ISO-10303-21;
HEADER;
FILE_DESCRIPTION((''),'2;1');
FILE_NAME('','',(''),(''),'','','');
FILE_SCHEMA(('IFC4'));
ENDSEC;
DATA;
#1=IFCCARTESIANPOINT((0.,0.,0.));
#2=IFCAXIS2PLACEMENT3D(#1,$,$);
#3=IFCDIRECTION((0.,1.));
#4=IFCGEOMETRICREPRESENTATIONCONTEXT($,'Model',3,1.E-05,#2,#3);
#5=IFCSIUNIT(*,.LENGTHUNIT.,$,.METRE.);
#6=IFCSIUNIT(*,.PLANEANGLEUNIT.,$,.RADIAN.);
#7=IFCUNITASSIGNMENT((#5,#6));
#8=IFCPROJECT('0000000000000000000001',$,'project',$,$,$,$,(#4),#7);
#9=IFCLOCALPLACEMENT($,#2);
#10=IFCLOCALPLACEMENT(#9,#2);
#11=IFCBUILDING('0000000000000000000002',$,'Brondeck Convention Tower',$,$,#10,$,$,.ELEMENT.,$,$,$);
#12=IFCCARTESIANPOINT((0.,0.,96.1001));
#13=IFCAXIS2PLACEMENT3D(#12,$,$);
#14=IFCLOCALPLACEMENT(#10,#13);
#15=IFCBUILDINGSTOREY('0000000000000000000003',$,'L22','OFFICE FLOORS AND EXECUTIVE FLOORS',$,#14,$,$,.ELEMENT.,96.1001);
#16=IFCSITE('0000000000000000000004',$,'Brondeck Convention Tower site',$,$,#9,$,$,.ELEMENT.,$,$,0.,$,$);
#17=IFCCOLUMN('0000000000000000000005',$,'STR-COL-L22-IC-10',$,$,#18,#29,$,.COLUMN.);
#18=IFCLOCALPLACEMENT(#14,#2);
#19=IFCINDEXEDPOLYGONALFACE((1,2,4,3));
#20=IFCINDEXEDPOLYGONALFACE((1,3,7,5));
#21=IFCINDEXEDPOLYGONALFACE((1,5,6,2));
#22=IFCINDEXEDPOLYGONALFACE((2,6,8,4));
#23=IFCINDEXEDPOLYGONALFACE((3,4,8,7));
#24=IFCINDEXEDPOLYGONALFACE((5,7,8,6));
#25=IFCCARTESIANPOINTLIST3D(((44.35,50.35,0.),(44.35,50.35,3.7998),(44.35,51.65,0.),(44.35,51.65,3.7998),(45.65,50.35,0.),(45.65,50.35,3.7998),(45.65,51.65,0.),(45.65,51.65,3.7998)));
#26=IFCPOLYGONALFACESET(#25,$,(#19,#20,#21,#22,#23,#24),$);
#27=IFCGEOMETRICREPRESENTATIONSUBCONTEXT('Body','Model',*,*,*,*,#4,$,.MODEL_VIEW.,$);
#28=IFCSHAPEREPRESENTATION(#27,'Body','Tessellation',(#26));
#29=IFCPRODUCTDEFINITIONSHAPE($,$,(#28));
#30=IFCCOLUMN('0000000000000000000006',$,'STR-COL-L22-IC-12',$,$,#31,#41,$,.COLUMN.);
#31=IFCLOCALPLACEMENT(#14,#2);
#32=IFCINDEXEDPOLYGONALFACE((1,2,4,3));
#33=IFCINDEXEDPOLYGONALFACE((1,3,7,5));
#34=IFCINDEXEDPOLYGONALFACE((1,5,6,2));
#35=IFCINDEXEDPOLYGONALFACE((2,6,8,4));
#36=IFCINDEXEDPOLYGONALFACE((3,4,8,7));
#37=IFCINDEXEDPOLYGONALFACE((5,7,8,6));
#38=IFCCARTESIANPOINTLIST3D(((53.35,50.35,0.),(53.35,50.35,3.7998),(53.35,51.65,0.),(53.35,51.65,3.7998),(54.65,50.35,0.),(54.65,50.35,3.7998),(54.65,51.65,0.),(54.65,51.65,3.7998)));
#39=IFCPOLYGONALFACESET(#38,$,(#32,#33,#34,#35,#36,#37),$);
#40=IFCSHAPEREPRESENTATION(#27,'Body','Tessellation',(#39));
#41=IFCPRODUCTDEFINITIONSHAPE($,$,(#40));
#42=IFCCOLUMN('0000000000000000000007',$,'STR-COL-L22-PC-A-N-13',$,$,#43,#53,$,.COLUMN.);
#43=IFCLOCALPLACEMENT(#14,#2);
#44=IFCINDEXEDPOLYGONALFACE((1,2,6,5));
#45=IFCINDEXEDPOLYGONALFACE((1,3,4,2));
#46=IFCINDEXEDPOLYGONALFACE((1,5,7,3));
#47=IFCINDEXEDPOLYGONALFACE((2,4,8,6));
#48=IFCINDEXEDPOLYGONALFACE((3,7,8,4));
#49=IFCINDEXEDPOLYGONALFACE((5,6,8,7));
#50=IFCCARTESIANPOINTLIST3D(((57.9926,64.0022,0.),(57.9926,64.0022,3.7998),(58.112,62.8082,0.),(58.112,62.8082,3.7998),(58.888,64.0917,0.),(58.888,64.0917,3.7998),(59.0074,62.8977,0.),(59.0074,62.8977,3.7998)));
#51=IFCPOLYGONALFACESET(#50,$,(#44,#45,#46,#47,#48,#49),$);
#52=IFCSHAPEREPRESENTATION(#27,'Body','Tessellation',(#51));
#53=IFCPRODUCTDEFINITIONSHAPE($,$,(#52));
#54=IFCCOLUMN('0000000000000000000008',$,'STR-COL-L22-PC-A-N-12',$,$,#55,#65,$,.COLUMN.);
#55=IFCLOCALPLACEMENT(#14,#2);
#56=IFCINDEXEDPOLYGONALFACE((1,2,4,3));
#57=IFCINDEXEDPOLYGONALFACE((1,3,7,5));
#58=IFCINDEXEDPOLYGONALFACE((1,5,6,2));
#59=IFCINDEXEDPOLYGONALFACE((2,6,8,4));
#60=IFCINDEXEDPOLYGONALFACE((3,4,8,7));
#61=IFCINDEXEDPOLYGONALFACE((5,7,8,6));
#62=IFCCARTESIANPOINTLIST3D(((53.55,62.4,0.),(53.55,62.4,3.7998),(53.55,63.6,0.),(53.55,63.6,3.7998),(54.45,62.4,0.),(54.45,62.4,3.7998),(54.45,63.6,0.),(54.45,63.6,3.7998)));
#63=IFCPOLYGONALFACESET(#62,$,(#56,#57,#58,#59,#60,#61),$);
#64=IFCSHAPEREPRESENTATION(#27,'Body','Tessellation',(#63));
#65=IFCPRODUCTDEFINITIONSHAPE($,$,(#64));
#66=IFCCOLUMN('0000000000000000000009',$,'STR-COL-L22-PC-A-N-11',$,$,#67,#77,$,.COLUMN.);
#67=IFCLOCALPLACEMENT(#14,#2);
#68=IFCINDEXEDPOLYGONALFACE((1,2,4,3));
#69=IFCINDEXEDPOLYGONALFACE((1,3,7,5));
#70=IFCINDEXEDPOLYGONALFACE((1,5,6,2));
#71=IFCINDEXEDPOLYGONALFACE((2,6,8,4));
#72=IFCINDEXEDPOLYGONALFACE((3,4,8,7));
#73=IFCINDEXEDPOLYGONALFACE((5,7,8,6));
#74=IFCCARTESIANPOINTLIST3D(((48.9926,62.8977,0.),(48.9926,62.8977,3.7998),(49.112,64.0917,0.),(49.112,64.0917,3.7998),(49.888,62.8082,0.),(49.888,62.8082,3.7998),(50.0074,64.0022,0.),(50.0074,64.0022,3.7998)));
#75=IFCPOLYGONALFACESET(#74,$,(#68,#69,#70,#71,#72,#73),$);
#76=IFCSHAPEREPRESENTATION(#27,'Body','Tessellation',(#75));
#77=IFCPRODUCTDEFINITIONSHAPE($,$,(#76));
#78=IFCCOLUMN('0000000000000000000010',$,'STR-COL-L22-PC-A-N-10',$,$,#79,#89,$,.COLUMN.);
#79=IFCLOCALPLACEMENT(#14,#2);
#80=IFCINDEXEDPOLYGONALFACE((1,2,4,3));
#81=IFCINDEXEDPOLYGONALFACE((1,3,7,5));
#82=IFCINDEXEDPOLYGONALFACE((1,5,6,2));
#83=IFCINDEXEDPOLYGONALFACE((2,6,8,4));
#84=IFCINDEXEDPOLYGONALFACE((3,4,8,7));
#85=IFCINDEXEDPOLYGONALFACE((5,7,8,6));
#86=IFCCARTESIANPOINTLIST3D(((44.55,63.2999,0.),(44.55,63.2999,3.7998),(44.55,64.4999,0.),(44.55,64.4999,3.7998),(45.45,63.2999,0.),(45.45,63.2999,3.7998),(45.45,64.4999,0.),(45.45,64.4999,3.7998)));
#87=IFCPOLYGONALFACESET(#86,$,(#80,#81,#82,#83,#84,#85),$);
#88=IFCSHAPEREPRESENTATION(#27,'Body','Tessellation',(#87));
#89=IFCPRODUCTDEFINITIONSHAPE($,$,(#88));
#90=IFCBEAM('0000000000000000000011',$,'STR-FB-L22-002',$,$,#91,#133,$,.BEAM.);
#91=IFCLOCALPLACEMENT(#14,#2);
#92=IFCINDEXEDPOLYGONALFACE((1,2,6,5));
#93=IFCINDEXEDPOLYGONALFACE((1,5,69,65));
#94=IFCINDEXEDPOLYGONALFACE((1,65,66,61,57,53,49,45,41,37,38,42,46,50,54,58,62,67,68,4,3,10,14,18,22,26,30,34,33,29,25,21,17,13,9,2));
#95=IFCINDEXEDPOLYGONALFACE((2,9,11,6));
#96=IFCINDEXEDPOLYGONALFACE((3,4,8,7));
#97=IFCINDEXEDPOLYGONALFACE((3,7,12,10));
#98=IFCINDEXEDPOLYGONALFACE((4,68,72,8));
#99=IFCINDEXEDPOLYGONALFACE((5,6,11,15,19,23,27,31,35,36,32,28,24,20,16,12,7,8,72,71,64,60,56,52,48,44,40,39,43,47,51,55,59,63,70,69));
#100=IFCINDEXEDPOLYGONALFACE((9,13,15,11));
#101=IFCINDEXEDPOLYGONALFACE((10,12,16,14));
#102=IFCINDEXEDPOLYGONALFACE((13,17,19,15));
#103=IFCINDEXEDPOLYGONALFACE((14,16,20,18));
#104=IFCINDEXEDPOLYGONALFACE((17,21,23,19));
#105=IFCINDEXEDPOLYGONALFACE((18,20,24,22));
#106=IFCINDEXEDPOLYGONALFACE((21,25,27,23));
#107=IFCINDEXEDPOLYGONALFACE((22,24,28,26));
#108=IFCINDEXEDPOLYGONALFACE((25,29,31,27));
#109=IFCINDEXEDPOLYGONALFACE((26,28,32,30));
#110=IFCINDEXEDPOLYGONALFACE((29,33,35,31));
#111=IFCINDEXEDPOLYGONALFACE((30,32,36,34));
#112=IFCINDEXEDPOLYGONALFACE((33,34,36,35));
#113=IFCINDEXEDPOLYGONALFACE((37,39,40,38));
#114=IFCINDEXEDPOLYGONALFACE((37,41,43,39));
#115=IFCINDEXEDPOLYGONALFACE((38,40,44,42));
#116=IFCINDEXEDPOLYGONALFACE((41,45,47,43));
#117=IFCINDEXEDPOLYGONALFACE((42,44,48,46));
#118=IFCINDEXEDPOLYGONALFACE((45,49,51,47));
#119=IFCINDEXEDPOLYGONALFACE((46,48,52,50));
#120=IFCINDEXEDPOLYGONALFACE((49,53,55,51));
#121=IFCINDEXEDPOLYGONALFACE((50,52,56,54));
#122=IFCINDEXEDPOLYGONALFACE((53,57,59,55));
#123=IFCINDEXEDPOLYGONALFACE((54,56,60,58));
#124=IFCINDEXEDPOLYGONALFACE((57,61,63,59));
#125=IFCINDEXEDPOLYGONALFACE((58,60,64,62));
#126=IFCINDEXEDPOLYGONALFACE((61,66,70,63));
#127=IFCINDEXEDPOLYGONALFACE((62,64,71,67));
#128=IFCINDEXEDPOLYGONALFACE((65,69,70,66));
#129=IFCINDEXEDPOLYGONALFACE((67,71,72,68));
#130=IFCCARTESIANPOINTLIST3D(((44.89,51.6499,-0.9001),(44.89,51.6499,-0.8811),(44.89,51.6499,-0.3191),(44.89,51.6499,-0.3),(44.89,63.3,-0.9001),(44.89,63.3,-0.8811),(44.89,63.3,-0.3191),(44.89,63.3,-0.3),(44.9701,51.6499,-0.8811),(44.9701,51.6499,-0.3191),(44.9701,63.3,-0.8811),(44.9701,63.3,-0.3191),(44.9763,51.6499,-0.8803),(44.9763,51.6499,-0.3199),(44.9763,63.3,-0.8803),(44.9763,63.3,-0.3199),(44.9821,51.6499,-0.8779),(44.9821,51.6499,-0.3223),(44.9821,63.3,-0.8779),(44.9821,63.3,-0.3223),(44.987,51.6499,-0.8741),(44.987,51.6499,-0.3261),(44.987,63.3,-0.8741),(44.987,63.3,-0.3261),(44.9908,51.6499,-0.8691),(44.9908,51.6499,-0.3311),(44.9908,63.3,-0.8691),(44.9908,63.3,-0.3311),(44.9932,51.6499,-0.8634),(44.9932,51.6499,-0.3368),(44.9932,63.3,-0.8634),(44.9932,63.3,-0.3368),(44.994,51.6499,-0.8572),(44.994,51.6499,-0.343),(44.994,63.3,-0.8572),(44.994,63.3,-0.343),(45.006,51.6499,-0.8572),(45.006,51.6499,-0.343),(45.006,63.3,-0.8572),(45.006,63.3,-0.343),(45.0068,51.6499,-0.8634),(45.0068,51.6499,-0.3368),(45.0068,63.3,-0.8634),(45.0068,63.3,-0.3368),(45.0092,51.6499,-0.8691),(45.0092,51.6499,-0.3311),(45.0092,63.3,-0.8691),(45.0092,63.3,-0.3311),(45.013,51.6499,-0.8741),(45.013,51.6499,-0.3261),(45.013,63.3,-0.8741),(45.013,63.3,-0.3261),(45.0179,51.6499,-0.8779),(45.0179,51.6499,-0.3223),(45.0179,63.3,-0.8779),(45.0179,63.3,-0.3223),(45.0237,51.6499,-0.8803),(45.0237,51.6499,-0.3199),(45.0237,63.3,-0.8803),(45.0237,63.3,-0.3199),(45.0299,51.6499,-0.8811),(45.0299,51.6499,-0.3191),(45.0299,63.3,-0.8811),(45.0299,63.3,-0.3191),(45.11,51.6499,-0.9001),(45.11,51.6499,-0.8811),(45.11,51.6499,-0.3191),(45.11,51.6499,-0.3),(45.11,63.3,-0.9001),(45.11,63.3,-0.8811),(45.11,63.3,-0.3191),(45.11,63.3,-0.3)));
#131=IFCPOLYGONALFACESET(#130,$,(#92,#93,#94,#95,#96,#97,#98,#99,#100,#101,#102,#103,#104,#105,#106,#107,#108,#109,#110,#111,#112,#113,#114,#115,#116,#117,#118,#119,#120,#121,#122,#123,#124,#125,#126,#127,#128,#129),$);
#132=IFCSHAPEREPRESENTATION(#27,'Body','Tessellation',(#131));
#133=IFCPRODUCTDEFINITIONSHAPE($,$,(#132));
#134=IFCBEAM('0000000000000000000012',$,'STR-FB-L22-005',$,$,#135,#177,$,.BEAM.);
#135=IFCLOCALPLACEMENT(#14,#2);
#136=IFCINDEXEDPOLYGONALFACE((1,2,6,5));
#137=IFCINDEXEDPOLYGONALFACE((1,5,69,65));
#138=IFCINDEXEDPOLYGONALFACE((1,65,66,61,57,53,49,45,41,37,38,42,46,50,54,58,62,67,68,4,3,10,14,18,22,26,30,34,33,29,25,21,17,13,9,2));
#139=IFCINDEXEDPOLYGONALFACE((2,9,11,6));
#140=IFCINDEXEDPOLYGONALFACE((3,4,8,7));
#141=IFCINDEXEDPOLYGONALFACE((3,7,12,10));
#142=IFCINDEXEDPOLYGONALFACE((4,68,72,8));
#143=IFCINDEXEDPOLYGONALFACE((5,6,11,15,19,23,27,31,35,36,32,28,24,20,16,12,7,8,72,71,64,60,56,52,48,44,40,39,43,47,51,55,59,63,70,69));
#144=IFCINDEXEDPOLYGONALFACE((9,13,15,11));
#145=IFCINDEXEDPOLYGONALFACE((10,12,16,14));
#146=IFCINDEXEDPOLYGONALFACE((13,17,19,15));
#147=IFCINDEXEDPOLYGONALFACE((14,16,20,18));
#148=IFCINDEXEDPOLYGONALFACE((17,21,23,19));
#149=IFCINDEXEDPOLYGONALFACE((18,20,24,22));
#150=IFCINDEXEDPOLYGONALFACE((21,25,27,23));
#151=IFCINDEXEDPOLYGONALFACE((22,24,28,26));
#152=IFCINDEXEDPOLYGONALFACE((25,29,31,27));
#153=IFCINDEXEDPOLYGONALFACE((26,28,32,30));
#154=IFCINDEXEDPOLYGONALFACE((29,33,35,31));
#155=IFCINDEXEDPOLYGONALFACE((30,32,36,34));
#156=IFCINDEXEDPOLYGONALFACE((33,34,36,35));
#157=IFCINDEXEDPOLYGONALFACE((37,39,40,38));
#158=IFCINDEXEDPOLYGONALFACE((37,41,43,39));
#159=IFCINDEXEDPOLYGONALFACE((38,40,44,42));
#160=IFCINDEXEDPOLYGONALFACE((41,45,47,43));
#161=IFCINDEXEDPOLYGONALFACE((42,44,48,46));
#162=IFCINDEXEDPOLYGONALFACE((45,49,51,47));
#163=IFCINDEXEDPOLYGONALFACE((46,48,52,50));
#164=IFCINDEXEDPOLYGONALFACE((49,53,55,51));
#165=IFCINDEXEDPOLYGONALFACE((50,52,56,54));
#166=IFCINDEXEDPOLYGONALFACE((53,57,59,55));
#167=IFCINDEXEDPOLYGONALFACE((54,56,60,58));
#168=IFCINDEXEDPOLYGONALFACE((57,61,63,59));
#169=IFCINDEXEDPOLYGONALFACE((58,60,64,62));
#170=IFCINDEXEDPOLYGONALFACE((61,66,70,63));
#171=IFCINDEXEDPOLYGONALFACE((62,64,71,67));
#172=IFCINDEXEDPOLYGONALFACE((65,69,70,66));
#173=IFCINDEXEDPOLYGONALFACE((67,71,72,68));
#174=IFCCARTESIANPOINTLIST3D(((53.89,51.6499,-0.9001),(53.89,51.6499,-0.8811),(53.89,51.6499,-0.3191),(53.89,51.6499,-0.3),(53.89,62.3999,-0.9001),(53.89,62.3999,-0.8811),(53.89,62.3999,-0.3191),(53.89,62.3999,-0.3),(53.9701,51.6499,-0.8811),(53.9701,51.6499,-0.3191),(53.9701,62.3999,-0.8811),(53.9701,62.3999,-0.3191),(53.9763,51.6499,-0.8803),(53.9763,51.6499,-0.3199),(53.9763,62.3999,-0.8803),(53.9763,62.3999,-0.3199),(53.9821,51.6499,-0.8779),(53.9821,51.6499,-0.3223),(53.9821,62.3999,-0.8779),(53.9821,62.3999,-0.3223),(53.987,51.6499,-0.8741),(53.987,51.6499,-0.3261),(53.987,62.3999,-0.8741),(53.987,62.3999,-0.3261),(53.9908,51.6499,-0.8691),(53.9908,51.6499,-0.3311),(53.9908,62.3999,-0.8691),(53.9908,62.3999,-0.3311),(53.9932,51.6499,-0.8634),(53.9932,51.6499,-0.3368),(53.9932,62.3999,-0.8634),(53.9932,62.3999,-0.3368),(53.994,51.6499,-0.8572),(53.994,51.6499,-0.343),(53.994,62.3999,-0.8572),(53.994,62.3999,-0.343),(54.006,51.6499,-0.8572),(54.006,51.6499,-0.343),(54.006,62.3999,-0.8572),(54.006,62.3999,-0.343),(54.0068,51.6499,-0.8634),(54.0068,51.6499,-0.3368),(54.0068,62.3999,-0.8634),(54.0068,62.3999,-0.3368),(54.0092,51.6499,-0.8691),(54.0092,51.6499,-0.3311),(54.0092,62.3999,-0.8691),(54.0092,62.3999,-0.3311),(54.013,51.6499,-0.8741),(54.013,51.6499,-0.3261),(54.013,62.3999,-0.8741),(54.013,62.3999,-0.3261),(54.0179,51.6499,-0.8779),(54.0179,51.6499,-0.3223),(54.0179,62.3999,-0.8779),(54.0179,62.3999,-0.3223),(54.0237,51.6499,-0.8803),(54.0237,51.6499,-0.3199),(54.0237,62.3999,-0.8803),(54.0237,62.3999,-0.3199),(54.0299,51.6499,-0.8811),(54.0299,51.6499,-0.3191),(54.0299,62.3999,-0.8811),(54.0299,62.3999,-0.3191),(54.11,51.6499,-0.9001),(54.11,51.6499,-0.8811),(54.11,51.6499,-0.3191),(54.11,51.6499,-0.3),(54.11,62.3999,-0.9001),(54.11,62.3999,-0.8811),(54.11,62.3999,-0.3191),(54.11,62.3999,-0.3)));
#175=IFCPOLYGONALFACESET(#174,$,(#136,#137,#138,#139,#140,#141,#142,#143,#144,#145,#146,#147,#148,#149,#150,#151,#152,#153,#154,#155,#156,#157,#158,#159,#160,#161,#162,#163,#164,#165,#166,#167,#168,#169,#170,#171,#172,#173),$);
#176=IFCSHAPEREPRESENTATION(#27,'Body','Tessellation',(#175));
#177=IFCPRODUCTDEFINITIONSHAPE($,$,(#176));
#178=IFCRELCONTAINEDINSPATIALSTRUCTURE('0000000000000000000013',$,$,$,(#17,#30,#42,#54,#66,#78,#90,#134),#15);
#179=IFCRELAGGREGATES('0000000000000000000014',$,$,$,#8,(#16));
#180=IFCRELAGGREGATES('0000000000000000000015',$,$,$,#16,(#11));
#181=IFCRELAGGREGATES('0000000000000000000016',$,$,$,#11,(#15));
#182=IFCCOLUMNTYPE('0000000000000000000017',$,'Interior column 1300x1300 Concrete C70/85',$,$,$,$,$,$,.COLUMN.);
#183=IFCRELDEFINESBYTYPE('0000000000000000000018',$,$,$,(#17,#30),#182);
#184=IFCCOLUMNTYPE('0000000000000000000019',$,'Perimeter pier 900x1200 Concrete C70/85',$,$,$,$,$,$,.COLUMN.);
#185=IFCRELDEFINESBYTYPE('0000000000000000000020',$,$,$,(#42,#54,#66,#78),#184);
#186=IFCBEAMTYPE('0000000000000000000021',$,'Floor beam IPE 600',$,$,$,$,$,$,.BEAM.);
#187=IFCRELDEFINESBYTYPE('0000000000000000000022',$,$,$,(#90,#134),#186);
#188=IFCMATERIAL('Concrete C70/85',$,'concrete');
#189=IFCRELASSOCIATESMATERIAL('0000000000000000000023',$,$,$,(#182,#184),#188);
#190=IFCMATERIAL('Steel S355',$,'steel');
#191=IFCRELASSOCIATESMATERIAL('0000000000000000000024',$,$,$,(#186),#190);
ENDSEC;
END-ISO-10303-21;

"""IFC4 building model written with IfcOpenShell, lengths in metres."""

from ifc_helpers import new_model, si_unit, direction, frame, origin, origin_2d, place, context, subcontext, project, spatial, rectangle, i_section, extrude, material, material_profile, profile_set, type_object, element, save


model = new_model("IFC4")

# Units and contexts
model_context = context("Model", 3, precision=1e-05, world=origin(), true_north=direction((0.0, 1.0)))
body_context = subcontext(model_context, "Body", "Model", "MODEL_VIEW")
ifc_project = project(units=[si_unit("LENGTHUNIT", "METRE"), si_unit("PLANEANGLEUNIT", "RADIAN")], contexts=[model_context])

# Site, building, storey
site_placement = place(None, origin())
site = spatial("IfcSite", under=ifc_project, at=site_placement, Name="Brondeck Convention Tower site", CompositionType="ELEMENT", RefElevation=0.0)
building_placement = place(site_placement, origin())
building = spatial("IfcBuilding", under=site, at=building_placement, Name="Brondeck Convention Tower", CompositionType="ELEMENT")
storey_placement = place(building_placement, frame((0.0, 0.0, 96.1001)))
storey = spatial("IfcBuildingStorey", under=building, at=storey_placement, Name="L22", Description="OFFICE FLOORS AND EXECUTIVE FLOORS", CompositionType="ELEMENT", Elevation=96.1001)

# Columns
ifc_material_1 = material(Name="Concrete C70/85", Category="concrete")
ifc_material_profile_1 = material_profile(ifc_material_1, rectangle(XDim=1.3, YDim=1.3, at=origin_2d()), Name="Interior column 1300x1300 Concrete C70/85")
ifc_profile_set_1 = profile_set([ifc_material_profile_1], Name="Concrete C70/85")
column_type_1 = type_object("IfcColumnType", Name="Interior column 1300x1300 Concrete C70/85", PredefinedType="COLUMN", material=ifc_profile_set_1)
for number, where, z_axis, x_axis, name in (
    (1, (45.0, 51.0, 0.0), (0.0, 0.0, 1.0), (1.0, 0.0, 0.0), "STR-COL-L22-IC-10"),
    (2, (54.0, 51.0, 0.0), (0.0, 0.0, 1.0), (1.0, 0.0, 0.0), "STR-COL-L22-IC-12"),
):
    element("IfcColumn", number, at=place(storey_placement, frame(where, z_axis=z_axis, x_axis=x_axis)), inside=storey, type_object=column_type_1, Name=name, PredefinedType="COLUMN", context=body_context, shape_type="SweptSolid", body=[
        extrude(rectangle(XDim=1.3, YDim=1.3, at=origin_2d()), origin(), (0.0, 0.0, 1.0), 3.7998),
    ])
ifc_material_profile_2 = material_profile(ifc_material_1, rectangle(XDim=0.8999, YDim=1.2, at=origin_2d()), Name="Perimeter pier 900x1200 Concrete C70/85")
ifc_profile_set_2 = profile_set([ifc_material_profile_2], Name="Concrete C70/85")
column_type_2 = type_object("IfcColumnType", Name="Perimeter pier 900x1200 Concrete C70/85", PredefinedType="COLUMN", material=ifc_profile_set_2)
for number, where, z_axis, x_axis, name in (
    (3, (58.5, 63.45, 0.0), (0.0, 0.0, 1.0), (-0.995037, -0.099504, 0.0), "STR-COL-L22-PC-A-N-13"),
    (4, (54.0, 63.0, 0.0), (0.0, 0.0, 1.0), (-1.0, 0.0, 0.0), "STR-COL-L22-PC-A-N-12"),
    (5, (49.5, 63.45, 0.0), (0.0, 0.0, 1.0), (-0.995037, 0.099504, 0.0), "STR-COL-L22-PC-A-N-11"),
    (6, (45.0, 63.8999, 0.0), (0.0, 0.0, 1.0), (-1.0, 0.0, 0.0), "STR-COL-L22-PC-A-N-10"),
):
    element("IfcColumn", number, at=place(storey_placement, frame(where, z_axis=z_axis, x_axis=x_axis)), inside=storey, type_object=column_type_2, Name=name, PredefinedType="COLUMN", context=body_context, shape_type="SweptSolid", body=[
        extrude(rectangle(XDim=0.8999, YDim=1.2, at=origin_2d()), origin(), (0.0, 0.0, 1.0), 3.7998),
    ])

# Beams
ifc_material_2 = material(Name="Steel S355", Category="steel")
ifc_material_profile_3 = material_profile(ifc_material_2, i_section(OverallWidth=0.22, OverallDepth=0.6001, WebThickness=0.012, FlangeThickness=0.019, FilletRadius=0.0239, at=origin_2d()), Name="IPE 600")
ifc_profile_set_3 = profile_set([ifc_material_profile_3], Name="Steel S355")
beam_type_1 = type_object("IfcBeamType", Name="Floor beam IPE 600", PredefinedType="BEAM", material=ifc_profile_set_3)
beam_1_placement = place(storey_placement, frame((45.0, 51.6499, -0.6001), z_axis=(0.0, 1.0, 0.0), x_axis=(-1.0, 0.0, 0.0)))
element("IfcBeam", 7, at=beam_1_placement, inside=storey, type_object=beam_type_1, Name="STR-FB-L22-002", PredefinedType="BEAM", context=body_context, shape_type="SweptSolid", body=[
    extrude(i_section(OverallWidth=0.22, OverallDepth=0.6001, WebThickness=0.012, FlangeThickness=0.019, FilletRadius=0.0239, at=origin_2d()), origin(), (0.0, 0.0, 1.0), 11.6501),
])
beam_2_placement = place(storey_placement, frame((54.0, 51.6499, -0.6001), z_axis=(0.0, 1.0, 0.0), x_axis=(-1.0, 0.0, 0.0)))
element("IfcBeam", 8, at=beam_2_placement, inside=storey, type_object=beam_type_1, Name="STR-FB-L22-005", PredefinedType="BEAM", context=body_context, shape_type="SweptSolid", body=[
    extrude(i_section(OverallWidth=0.22, OverallDepth=0.6001, WebThickness=0.012, FlangeThickness=0.019, FilletRadius=0.0239, at=origin_2d()), origin(), (0.0, 0.0, 1.0), 10.75),
])

save(model, "model.ifc")
